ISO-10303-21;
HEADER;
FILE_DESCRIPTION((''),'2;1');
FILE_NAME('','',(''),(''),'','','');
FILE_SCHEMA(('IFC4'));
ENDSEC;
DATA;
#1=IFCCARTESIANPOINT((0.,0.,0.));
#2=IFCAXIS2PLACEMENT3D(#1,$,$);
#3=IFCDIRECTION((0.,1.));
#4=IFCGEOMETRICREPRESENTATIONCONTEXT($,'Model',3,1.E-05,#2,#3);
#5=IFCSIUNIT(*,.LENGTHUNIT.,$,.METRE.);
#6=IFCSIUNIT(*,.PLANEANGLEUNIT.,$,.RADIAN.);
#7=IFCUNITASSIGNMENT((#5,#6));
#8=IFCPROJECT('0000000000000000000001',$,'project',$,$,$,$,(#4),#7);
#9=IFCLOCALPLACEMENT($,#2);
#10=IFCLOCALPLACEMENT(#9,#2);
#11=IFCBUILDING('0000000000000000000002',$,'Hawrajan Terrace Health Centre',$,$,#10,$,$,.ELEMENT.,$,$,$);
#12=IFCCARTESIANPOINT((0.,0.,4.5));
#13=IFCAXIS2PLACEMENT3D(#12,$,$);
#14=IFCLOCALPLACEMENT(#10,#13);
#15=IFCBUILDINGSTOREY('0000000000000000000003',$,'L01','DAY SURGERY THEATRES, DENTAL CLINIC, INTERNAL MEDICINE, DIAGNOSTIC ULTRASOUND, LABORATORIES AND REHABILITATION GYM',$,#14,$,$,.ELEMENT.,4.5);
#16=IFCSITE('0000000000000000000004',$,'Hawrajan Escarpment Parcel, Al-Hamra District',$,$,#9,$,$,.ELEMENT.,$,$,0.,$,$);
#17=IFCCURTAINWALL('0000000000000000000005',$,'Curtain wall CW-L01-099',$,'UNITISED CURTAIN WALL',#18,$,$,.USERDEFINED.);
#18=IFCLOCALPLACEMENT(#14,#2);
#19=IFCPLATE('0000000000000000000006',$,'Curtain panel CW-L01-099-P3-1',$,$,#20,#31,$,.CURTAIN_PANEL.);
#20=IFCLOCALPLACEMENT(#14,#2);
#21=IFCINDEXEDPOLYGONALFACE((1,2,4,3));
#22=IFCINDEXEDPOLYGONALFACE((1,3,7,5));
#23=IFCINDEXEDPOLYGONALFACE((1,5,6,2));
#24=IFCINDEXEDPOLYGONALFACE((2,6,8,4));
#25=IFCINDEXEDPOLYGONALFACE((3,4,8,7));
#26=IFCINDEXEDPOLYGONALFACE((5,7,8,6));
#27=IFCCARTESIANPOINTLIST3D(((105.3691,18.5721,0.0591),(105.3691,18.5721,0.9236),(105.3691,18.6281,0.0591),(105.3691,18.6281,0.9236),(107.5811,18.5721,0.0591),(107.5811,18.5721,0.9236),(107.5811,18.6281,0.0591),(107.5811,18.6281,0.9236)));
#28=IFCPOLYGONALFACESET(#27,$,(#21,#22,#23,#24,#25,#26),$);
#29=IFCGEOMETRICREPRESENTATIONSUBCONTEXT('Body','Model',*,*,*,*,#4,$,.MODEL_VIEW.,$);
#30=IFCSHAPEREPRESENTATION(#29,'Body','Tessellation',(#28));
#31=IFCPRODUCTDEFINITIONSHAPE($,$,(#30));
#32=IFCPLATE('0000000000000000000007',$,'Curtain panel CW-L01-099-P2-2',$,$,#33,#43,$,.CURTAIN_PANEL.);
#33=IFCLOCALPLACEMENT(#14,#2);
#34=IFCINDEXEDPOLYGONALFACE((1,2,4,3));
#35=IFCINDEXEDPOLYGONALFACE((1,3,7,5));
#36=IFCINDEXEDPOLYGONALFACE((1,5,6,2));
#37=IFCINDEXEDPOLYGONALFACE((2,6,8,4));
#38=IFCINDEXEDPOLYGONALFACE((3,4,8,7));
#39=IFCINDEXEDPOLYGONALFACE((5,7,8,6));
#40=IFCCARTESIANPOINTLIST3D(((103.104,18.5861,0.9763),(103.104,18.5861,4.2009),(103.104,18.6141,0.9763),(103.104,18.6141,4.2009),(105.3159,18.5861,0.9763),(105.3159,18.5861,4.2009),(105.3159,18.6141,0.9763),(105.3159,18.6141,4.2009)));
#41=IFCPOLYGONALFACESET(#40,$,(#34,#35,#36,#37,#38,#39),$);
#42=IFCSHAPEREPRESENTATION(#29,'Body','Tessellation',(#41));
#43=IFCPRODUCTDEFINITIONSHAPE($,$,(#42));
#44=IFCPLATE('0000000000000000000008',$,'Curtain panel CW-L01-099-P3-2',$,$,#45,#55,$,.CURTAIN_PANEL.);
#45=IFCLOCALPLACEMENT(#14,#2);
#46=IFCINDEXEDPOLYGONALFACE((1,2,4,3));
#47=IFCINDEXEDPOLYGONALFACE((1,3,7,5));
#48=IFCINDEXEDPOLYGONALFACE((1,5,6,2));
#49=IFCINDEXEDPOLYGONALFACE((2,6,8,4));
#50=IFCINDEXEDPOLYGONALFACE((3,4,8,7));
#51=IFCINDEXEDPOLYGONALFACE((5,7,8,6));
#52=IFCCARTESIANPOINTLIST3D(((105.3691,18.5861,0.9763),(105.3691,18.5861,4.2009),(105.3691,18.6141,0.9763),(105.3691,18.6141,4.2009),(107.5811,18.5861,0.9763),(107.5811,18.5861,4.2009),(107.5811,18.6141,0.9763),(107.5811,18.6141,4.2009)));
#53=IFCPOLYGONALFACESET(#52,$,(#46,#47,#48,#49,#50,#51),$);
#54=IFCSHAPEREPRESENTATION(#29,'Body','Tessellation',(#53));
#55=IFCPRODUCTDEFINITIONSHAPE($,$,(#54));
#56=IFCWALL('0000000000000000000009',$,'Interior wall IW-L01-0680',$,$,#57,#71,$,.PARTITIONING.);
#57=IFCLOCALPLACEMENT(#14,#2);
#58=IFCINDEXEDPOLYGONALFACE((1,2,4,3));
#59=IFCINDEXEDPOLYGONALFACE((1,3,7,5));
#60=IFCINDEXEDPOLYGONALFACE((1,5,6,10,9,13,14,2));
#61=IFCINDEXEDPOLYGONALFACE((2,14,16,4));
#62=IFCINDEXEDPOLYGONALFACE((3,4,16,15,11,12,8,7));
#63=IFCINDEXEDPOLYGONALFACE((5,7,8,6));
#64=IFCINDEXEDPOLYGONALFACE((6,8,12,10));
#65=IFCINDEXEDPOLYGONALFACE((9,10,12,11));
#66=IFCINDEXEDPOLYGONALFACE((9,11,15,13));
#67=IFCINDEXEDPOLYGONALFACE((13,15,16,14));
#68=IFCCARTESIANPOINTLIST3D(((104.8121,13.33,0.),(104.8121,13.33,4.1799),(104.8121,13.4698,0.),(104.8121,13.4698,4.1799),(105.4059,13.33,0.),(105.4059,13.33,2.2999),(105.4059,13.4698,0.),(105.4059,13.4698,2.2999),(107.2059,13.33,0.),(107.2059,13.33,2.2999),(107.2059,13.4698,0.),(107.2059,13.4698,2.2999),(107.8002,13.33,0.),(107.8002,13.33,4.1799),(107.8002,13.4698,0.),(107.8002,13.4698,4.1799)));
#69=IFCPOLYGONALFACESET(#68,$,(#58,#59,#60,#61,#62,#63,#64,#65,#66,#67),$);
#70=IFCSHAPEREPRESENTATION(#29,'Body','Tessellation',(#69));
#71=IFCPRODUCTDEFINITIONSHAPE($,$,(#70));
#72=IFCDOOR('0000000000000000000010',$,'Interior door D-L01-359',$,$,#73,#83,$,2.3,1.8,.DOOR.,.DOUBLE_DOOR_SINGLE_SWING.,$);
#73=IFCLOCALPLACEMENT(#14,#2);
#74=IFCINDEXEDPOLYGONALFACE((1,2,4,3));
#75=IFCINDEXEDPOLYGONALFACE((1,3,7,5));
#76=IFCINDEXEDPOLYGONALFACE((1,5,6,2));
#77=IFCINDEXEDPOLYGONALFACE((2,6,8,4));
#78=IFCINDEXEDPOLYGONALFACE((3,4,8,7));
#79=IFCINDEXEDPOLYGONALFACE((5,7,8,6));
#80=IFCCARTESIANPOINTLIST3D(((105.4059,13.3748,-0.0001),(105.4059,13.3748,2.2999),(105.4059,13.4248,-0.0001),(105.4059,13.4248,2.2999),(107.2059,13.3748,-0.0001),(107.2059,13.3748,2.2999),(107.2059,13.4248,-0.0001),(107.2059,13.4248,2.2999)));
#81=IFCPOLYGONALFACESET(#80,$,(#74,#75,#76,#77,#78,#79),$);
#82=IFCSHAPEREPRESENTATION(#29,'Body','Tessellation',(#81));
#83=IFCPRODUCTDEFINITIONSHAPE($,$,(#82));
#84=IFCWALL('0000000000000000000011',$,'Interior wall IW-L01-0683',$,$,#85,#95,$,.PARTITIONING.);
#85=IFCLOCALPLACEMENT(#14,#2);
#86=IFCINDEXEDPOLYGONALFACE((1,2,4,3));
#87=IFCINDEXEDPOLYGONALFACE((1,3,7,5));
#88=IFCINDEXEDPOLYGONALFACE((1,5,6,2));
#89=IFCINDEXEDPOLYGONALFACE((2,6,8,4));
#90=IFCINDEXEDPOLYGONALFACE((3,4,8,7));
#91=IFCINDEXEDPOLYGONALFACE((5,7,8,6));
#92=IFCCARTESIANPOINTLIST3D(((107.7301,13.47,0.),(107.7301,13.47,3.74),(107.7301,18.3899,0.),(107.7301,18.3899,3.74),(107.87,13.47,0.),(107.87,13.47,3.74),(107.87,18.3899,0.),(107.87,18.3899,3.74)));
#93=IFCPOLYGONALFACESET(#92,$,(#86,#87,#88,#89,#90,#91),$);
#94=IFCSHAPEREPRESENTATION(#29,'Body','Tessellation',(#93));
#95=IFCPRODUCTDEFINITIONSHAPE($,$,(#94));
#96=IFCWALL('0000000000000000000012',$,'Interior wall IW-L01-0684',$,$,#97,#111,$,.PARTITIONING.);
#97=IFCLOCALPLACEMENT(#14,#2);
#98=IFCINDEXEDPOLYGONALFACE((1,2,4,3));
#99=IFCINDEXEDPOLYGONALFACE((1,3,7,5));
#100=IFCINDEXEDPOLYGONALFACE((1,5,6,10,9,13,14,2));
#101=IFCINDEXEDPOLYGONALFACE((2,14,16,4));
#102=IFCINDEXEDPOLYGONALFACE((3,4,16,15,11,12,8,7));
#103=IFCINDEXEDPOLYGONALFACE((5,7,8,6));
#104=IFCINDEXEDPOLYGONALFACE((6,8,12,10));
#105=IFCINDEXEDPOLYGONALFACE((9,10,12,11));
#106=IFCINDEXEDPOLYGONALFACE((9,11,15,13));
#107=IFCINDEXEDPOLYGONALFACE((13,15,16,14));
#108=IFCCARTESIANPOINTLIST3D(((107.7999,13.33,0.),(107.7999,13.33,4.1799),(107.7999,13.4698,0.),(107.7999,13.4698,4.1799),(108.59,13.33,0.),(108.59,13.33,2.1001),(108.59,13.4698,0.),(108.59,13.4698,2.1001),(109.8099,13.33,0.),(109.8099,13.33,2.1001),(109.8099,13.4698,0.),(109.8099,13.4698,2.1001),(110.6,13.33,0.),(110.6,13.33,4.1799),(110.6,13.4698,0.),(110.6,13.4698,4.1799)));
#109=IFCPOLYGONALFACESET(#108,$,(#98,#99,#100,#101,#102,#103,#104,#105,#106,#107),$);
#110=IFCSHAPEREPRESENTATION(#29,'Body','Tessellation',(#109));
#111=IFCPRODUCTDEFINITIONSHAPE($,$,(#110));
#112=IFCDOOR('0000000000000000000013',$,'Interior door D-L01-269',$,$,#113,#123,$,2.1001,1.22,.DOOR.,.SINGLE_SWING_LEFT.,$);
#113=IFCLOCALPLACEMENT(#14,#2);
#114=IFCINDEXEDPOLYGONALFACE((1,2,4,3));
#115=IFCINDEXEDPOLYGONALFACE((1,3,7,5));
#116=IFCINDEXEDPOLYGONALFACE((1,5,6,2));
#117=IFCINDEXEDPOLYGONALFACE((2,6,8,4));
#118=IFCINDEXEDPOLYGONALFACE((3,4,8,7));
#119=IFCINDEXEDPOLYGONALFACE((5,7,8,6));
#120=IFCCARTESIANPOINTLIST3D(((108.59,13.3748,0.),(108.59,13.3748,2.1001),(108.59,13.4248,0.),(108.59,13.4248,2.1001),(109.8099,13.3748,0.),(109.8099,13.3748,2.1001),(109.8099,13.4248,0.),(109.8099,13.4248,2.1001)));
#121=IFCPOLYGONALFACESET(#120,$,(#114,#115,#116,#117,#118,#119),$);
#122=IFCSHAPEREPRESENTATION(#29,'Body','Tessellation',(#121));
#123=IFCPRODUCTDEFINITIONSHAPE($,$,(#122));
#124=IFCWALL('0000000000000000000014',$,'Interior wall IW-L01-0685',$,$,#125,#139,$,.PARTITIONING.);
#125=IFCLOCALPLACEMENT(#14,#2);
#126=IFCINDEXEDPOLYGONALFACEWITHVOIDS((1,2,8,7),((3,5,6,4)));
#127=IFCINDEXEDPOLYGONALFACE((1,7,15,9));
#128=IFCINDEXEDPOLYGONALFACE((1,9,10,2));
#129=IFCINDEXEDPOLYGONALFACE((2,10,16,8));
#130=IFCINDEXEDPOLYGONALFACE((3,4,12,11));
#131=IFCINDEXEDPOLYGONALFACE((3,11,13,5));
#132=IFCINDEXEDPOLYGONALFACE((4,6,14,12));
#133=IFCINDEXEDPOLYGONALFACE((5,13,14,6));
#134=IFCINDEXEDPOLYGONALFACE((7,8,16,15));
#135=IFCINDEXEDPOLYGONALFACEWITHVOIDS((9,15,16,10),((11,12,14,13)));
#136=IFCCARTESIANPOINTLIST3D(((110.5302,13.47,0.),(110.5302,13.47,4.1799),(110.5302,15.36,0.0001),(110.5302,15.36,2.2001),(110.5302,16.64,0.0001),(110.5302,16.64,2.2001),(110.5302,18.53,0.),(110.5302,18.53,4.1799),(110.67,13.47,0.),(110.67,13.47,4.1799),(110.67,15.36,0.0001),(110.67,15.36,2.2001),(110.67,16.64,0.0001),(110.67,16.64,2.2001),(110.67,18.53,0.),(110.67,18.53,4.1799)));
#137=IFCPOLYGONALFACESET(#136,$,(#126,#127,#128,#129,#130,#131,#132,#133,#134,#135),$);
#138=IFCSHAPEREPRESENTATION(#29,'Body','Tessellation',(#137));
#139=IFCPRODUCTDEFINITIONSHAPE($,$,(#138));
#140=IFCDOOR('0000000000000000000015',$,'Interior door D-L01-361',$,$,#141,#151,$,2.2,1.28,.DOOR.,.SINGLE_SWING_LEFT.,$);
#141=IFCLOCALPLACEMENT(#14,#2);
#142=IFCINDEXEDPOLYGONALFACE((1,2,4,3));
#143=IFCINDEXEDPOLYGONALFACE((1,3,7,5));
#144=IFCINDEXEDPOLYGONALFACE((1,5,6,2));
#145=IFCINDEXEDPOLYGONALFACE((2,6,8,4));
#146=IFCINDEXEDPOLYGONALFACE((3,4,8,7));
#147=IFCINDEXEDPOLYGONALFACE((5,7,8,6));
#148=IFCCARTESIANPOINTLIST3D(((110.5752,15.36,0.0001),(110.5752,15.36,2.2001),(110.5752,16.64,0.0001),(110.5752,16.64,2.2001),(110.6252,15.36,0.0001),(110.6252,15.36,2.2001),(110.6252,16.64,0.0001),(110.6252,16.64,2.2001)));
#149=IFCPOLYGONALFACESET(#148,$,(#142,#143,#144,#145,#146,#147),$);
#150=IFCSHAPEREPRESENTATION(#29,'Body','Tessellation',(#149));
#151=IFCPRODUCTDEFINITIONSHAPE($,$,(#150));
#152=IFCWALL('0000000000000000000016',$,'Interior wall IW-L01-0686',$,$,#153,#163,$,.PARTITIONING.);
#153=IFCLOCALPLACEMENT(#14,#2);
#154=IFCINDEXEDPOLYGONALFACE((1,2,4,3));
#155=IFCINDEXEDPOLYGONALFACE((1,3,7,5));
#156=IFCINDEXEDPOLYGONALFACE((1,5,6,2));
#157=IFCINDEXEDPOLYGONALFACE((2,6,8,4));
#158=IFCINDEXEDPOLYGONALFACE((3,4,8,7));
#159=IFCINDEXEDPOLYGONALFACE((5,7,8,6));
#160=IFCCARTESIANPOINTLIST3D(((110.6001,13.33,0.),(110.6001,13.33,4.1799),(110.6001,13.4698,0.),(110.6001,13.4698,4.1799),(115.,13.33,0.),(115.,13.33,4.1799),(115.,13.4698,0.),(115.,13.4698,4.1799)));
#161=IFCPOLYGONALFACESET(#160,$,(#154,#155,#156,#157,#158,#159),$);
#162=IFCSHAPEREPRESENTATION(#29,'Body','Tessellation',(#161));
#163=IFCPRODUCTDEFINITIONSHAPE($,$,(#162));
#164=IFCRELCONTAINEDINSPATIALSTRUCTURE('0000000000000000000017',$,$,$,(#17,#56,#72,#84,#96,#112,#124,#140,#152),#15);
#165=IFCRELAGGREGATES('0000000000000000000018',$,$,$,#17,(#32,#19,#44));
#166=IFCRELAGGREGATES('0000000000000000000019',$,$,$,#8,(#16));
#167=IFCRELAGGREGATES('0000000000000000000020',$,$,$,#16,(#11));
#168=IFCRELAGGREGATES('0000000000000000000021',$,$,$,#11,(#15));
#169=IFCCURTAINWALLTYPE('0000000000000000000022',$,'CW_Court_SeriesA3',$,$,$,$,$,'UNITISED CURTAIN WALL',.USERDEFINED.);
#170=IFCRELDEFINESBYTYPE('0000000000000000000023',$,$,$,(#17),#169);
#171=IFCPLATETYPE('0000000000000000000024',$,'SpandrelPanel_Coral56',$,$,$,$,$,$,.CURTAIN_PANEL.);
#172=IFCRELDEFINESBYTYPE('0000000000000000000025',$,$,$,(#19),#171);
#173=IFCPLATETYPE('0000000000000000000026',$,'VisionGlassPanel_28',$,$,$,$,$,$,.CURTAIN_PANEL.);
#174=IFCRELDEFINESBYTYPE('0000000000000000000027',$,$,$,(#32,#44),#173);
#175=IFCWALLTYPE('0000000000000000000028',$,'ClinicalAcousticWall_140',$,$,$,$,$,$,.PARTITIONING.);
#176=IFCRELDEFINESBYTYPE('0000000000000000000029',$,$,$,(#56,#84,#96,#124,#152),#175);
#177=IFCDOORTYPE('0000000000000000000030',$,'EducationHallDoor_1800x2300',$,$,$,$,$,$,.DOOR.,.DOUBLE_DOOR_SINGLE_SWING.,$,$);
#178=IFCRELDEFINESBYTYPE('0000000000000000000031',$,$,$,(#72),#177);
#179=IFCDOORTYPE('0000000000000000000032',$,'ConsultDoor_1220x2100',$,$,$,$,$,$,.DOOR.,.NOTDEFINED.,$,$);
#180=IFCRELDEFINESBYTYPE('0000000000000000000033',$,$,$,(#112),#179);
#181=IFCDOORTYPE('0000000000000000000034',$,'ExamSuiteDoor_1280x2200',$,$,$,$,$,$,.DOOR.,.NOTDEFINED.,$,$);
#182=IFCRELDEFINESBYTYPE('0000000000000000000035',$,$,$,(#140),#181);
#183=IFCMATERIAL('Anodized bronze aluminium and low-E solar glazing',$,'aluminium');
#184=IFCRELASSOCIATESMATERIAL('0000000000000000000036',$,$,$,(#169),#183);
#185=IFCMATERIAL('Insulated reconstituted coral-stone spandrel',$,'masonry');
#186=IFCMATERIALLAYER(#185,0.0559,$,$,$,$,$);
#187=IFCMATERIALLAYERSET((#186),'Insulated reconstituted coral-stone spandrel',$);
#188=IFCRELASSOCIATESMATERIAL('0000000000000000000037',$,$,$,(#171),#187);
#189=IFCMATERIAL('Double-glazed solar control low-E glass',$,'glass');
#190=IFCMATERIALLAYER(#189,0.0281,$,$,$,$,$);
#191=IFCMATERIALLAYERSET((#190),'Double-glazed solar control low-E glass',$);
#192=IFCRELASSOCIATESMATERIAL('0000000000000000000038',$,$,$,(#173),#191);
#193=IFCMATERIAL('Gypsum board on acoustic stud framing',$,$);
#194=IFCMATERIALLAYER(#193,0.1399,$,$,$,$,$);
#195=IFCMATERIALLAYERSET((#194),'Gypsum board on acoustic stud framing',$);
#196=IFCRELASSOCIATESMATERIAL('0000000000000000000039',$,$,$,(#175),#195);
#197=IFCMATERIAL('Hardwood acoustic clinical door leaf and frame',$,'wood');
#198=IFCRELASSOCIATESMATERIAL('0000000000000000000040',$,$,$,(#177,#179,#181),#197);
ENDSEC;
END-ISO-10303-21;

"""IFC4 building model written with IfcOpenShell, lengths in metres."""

from ifc_helpers import new_model, si_unit, direction, frame, frame_2d, origin, origin_2d, place, context, subcontext, project, spatial, rectangle, extrude, material, layer, layer_set, type_object, element, fill, aggregate, save


model = new_model("IFC4")

# Units and contexts
model_context = context("Model", 3, precision=1e-05, world=origin(), true_north=direction((0.0, 1.0)))
body_context = subcontext(model_context, "Body", "Model", "MODEL_VIEW")
ifc_project = project(units=[si_unit("LENGTHUNIT", "METRE"), si_unit("PLANEANGLEUNIT", "RADIAN")], contexts=[model_context])

# Site, building, storey
site_placement = place(None, origin())
site = spatial("IfcSite", under=ifc_project, at=site_placement, Name="Hawrajan Escarpment Parcel, Al-Hamra District", CompositionType="ELEMENT", RefElevation=0.0)
building_placement = place(site_placement, origin())
building = spatial("IfcBuilding", under=site, at=building_placement, Name="Hawrajan Terrace Health Centre", CompositionType="ELEMENT")
storey_placement = place(building_placement, frame((0.0, 0.0, 4.5)))
storey = spatial("IfcBuildingStorey", under=building, at=storey_placement, Name="L01", Description="DAY SURGERY THEATRES, DENTAL CLINIC, INTERNAL MEDICINE, DIAGNOSTIC ULTRASOUND, LABORATORIES AND REHABILITATION GYM", CompositionType="ELEMENT", Elevation=4.5)

# Curtain wall
ifc_material_1 = material(Name="Anodized bronze aluminium and low-E solar glazing", Category="aluminium")
curtain_wall_type_1 = type_object("IfcCurtainWallType", Name="CW_Court_SeriesA3", ElementType="UNITISED CURTAIN WALL", PredefinedType="USERDEFINED", material=ifc_material_1)
curtain_wall_1_placement = place(storey_placement, origin())
curtain_wall_1 = element("IfcCurtainWall", 1, at=curtain_wall_1_placement, inside=storey, type_object=curtain_wall_type_1, Name="Curtain wall CW-L01-099", ObjectType="UNITISED CURTAIN WALL", PredefinedType="USERDEFINED")

# Plates
ifc_material_2 = material(Name="Insulated reconstituted coral-stone spandrel", Category="masonry")
ifc_layer_1 = layer(ifc_material_2, 0.0559)
ifc_layer_set_1 = layer_set([ifc_layer_1], Name="Insulated reconstituted coral-stone spandrel")
plate_type_1 = type_object("IfcPlateType", Name="SpandrelPanel_Coral56", PredefinedType="CURTAIN_PANEL", material=ifc_layer_set_1)
plate_1_placement = place(storey_placement, frame((106.4751, 18.6001, 0.0591), z_axis=(0.0, 0.0, 1.0), x_axis=(1.0, 0.0, 0.0)))
plate_1 = element("IfcPlate", 2, at=plate_1_placement, type_object=plate_type_1, Name="Curtain panel CW-L01-099-P3-1", PredefinedType="CURTAIN_PANEL", context=body_context, shape_type="SweptSolid", body=[
    extrude(rectangle(XDim=2.2119, YDim=0.0559, at=origin_2d()), origin(), (0.0, 0.0, 1.0), 0.8645),
])
ifc_material_3 = material(Name="Double-glazed solar control low-E glass", Category="glass")
ifc_layer_2 = layer(ifc_material_3, 0.0281)
ifc_layer_set_2 = layer_set([ifc_layer_2], Name="Double-glazed solar control low-E glass")
plate_type_2 = type_object("IfcPlateType", Name="VisionGlassPanel_28", PredefinedType="CURTAIN_PANEL", material=ifc_layer_set_2)
plate_2_placement = place(storey_placement, frame((104.21, 18.6001, 0.9763), z_axis=(0.0, 0.0, 1.0), x_axis=(1.0, 0.0, 0.0)))
plate_2 = element("IfcPlate", 3, at=plate_2_placement, type_object=plate_type_2, Name="Curtain panel CW-L01-099-P2-2", PredefinedType="CURTAIN_PANEL", context=body_context, shape_type="SweptSolid", body=[
    extrude(rectangle(XDim=2.2119, YDim=0.0281, at=origin_2d()), origin(), (0.0, 0.0, 1.0), 3.2246),
])
plate_3_placement = place(storey_placement, frame((106.4751, 18.6001, 0.9763), z_axis=(0.0, 0.0, 1.0), x_axis=(1.0, 0.0, 0.0)))
plate_3 = element("IfcPlate", 4, at=plate_3_placement, type_object=plate_type_2, Name="Curtain panel CW-L01-099-P3-2", PredefinedType="CURTAIN_PANEL", context=body_context, shape_type="SweptSolid", body=[
    extrude(rectangle(XDim=2.2119, YDim=0.0281, at=origin_2d()), origin(), (0.0, 0.0, 1.0), 3.2246),
])
aggregate(curtain_wall_1, [plate_2, plate_1, plate_3])

# Shared definitions
ifc_material_4 = material(Name="Gypsum board on acoustic stud framing")
ifc_layer_3 = layer(ifc_material_4, 0.1399)
ifc_layer_set_3 = layer_set([ifc_layer_3], Name="Gypsum board on acoustic stud framing")
wall_type_1 = type_object("IfcWallType", Name="ClinicalAcousticWall_140", PredefinedType="PARTITIONING", material=ifc_layer_set_3)

# Wall, opening, door
wall_1_placement = place(storey_placement, frame((104.812, 13.3999, 0.0), z_axis=(0.0, 0.0, 1.0), x_axis=(1.0, 0.0, 0.0)))
wall_1 = element("IfcWall", 5, at=wall_1_placement, inside=storey, type_object=wall_type_1, Name="Interior wall IW-L01-0680", PredefinedType="PARTITIONING", context=body_context, shape_type="SweptSolid", body=[
    extrude(rectangle(XDim=2.988, YDim=0.1399, at=frame_2d((1.4941, 0.0))), origin(), (0.0, 0.0, 1.0), 4.1799),
])
opening_1_placement = place(wall_1_placement, frame((0.594, 0.0, 0.0)))
opening_1 = element("IfcOpeningElement", 6, at=opening_1_placement, cuts=wall_1, PredefinedType="OPENING", context=body_context, shape_type="SweptSolid", body=[
    extrude(rectangle(XDim=1.8, YDim=2.3, at=frame_2d((0.8999, 1.1499))), frame((0.0, 0.0798, 0.0), z_axis=(0.0, -1.0, 0.0), x_axis=(1.0, 0.0, 0.0)), (0.0, 0.0, 1.0), 0.1599),
])
ifc_material_5 = material(Name="Hardwood acoustic clinical door leaf and frame", Category="wood")
door_type_1 = type_object("IfcDoorType", Name="EducationHallDoor_1800x2300", OperationType="DOUBLE_DOOR_SINGLE_SWING", PredefinedType="DOOR", material=ifc_material_5)
door_1_placement = place(opening_1_placement, origin())
door_1 = element("IfcDoor", 7, at=door_1_placement, inside=storey, type_object=door_type_1, Name="Interior door D-L01-359", OperationType="DOUBLE_DOOR_SINGLE_SWING", OverallHeight=2.3, OverallWidth=1.8, PredefinedType="DOOR", context=body_context, shape_type="SweptSolid", body=[
    extrude(rectangle(XDim=1.8, YDim=2.3, at=frame_2d((0.8999, 1.1499))), frame((0.0, 0.0249, 0.0), z_axis=(0.0, -1.0, 0.0), x_axis=(1.0, 0.0, 0.0)), (0.0, 0.0, 1.0), 0.05),
])
fill(opening_1, door_1)

# Wall
wall_2_placement = place(storey_placement, frame((107.8, 13.47, 0.0), z_axis=(0.0, 0.0, 1.0), x_axis=(0.0, 1.0, 0.0)))
element("IfcWall", 8, at=wall_2_placement, inside=storey, type_object=wall_type_1, Name="Interior wall IW-L01-0683", PredefinedType="PARTITIONING", context=body_context, shape_type="SweptSolid", body=[
    extrude(rectangle(XDim=4.9199, YDim=0.1399, at=frame_2d((2.46, 0.0))), origin(), (0.0, 0.0, 1.0), 3.74),
])

# Walls, openings, doors
wall_3_placement = place(storey_placement, frame((107.8, 13.3999, 0.0), z_axis=(0.0, 0.0, 1.0), x_axis=(1.0, 0.0, 0.0)))
wall_3 = element("IfcWall", 9, at=wall_3_placement, inside=storey, type_object=wall_type_1, Name="Interior wall IW-L01-0684", PredefinedType="PARTITIONING", context=body_context, shape_type="SweptSolid", body=[
    extrude(rectangle(XDim=2.8, YDim=0.1399, at=frame_2d((1.3999, 0.0))), origin(), (0.0, 0.0, 1.0), 4.1799),
])
opening_2_placement = place(wall_3_placement, frame((0.79, 0.0, 0.0)))
opening_2 = element("IfcOpeningElement", 10, at=opening_2_placement, cuts=wall_3, PredefinedType="OPENING", context=body_context, shape_type="SweptSolid", body=[
    extrude(rectangle(XDim=1.22, YDim=2.1001, at=frame_2d((0.6099, 1.05))), frame((0.0, 0.0798, 0.0), z_axis=(0.0, -1.0, 0.0), x_axis=(1.0, 0.0, 0.0)), (0.0, 0.0, 1.0), 0.1599),
])
door_type_2 = type_object("IfcDoorType", Name="ConsultDoor_1220x2100", OperationType="NOTDEFINED", PredefinedType="DOOR", material=ifc_material_5)
door_2_placement = place(opening_2_placement, origin())
door_2 = element("IfcDoor", 11, at=door_2_placement, inside=storey, type_object=door_type_2, Name="Interior door D-L01-269", OperationType="SINGLE_SWING_LEFT", OverallHeight=2.1001, OverallWidth=1.22, PredefinedType="DOOR", context=body_context, shape_type="SweptSolid", body=[
    extrude(rectangle(XDim=1.22, YDim=2.1001, at=frame_2d((0.6099, 1.05))), frame((0.0, 0.0249, 0.0), z_axis=(0.0, -1.0, 0.0), x_axis=(1.0, 0.0, 0.0)), (0.0, 0.0, 1.0), 0.05),
])
fill(opening_2, door_2)
wall_4_placement = place(storey_placement, frame((110.6001, 13.47, 0.0), z_axis=(0.0, 0.0, 1.0), x_axis=(0.0, 1.0, 0.0)))
wall_4 = element("IfcWall", 12, at=wall_4_placement, inside=storey, type_object=wall_type_1, Name="Interior wall IW-L01-0685", PredefinedType="PARTITIONING", context=body_context, shape_type="SweptSolid", body=[
    extrude(rectangle(XDim=5.0601, YDim=0.1399, at=frame_2d((2.53, 0.0))), origin(), (0.0, 0.0, 1.0), 4.1799),
])
opening_3_placement = place(wall_4_placement, frame((1.8899, 0.0, 0.0)))
opening_3 = element("IfcOpeningElement", 13, at=opening_3_placement, cuts=wall_4, PredefinedType="OPENING", context=body_context, shape_type="SweptSolid", body=[
    extrude(rectangle(XDim=1.28, YDim=2.2, at=frame_2d((0.6401, 1.1001))), frame((0.0, 0.0798, 0.0), z_axis=(0.0, -1.0, 0.0), x_axis=(1.0, 0.0, 0.0)), (0.0, 0.0, 1.0), 0.1599),
])
door_type_3 = type_object("IfcDoorType", Name="ExamSuiteDoor_1280x2200", OperationType="NOTDEFINED", PredefinedType="DOOR", material=ifc_material_5)
door_3_placement = place(opening_3_placement, origin())
door_3 = element("IfcDoor", 14, at=door_3_placement, inside=storey, type_object=door_type_3, Name="Interior door D-L01-361", OperationType="SINGLE_SWING_LEFT", OverallHeight=2.2, OverallWidth=1.28, PredefinedType="DOOR", context=body_context, shape_type="SweptSolid", body=[
    extrude(rectangle(XDim=1.28, YDim=2.2, at=frame_2d((0.6401, 1.1001))), frame((0.0, 0.0249, 0.0), z_axis=(0.0, -1.0, 0.0), x_axis=(1.0, 0.0, 0.0)), (0.0, 0.0, 1.0), 0.05),
])
fill(opening_3, door_3)

# Wall
wall_5_placement = place(storey_placement, frame((110.6001, 13.3999, 0.0), z_axis=(0.0, 0.0, 1.0), x_axis=(1.0, 0.0, 0.0)))
element("IfcWall", 15, at=wall_5_placement, inside=storey, type_object=wall_type_1, Name="Interior wall IW-L01-0686", PredefinedType="PARTITIONING", context=body_context, shape_type="SweptSolid", body=[
    extrude(rectangle(XDim=4.3999, YDim=0.1399, at=frame_2d((2.2, 0.0))), origin(), (0.0, 0.0, 1.0), 4.1799),
])

save(model, "model.ifc")
